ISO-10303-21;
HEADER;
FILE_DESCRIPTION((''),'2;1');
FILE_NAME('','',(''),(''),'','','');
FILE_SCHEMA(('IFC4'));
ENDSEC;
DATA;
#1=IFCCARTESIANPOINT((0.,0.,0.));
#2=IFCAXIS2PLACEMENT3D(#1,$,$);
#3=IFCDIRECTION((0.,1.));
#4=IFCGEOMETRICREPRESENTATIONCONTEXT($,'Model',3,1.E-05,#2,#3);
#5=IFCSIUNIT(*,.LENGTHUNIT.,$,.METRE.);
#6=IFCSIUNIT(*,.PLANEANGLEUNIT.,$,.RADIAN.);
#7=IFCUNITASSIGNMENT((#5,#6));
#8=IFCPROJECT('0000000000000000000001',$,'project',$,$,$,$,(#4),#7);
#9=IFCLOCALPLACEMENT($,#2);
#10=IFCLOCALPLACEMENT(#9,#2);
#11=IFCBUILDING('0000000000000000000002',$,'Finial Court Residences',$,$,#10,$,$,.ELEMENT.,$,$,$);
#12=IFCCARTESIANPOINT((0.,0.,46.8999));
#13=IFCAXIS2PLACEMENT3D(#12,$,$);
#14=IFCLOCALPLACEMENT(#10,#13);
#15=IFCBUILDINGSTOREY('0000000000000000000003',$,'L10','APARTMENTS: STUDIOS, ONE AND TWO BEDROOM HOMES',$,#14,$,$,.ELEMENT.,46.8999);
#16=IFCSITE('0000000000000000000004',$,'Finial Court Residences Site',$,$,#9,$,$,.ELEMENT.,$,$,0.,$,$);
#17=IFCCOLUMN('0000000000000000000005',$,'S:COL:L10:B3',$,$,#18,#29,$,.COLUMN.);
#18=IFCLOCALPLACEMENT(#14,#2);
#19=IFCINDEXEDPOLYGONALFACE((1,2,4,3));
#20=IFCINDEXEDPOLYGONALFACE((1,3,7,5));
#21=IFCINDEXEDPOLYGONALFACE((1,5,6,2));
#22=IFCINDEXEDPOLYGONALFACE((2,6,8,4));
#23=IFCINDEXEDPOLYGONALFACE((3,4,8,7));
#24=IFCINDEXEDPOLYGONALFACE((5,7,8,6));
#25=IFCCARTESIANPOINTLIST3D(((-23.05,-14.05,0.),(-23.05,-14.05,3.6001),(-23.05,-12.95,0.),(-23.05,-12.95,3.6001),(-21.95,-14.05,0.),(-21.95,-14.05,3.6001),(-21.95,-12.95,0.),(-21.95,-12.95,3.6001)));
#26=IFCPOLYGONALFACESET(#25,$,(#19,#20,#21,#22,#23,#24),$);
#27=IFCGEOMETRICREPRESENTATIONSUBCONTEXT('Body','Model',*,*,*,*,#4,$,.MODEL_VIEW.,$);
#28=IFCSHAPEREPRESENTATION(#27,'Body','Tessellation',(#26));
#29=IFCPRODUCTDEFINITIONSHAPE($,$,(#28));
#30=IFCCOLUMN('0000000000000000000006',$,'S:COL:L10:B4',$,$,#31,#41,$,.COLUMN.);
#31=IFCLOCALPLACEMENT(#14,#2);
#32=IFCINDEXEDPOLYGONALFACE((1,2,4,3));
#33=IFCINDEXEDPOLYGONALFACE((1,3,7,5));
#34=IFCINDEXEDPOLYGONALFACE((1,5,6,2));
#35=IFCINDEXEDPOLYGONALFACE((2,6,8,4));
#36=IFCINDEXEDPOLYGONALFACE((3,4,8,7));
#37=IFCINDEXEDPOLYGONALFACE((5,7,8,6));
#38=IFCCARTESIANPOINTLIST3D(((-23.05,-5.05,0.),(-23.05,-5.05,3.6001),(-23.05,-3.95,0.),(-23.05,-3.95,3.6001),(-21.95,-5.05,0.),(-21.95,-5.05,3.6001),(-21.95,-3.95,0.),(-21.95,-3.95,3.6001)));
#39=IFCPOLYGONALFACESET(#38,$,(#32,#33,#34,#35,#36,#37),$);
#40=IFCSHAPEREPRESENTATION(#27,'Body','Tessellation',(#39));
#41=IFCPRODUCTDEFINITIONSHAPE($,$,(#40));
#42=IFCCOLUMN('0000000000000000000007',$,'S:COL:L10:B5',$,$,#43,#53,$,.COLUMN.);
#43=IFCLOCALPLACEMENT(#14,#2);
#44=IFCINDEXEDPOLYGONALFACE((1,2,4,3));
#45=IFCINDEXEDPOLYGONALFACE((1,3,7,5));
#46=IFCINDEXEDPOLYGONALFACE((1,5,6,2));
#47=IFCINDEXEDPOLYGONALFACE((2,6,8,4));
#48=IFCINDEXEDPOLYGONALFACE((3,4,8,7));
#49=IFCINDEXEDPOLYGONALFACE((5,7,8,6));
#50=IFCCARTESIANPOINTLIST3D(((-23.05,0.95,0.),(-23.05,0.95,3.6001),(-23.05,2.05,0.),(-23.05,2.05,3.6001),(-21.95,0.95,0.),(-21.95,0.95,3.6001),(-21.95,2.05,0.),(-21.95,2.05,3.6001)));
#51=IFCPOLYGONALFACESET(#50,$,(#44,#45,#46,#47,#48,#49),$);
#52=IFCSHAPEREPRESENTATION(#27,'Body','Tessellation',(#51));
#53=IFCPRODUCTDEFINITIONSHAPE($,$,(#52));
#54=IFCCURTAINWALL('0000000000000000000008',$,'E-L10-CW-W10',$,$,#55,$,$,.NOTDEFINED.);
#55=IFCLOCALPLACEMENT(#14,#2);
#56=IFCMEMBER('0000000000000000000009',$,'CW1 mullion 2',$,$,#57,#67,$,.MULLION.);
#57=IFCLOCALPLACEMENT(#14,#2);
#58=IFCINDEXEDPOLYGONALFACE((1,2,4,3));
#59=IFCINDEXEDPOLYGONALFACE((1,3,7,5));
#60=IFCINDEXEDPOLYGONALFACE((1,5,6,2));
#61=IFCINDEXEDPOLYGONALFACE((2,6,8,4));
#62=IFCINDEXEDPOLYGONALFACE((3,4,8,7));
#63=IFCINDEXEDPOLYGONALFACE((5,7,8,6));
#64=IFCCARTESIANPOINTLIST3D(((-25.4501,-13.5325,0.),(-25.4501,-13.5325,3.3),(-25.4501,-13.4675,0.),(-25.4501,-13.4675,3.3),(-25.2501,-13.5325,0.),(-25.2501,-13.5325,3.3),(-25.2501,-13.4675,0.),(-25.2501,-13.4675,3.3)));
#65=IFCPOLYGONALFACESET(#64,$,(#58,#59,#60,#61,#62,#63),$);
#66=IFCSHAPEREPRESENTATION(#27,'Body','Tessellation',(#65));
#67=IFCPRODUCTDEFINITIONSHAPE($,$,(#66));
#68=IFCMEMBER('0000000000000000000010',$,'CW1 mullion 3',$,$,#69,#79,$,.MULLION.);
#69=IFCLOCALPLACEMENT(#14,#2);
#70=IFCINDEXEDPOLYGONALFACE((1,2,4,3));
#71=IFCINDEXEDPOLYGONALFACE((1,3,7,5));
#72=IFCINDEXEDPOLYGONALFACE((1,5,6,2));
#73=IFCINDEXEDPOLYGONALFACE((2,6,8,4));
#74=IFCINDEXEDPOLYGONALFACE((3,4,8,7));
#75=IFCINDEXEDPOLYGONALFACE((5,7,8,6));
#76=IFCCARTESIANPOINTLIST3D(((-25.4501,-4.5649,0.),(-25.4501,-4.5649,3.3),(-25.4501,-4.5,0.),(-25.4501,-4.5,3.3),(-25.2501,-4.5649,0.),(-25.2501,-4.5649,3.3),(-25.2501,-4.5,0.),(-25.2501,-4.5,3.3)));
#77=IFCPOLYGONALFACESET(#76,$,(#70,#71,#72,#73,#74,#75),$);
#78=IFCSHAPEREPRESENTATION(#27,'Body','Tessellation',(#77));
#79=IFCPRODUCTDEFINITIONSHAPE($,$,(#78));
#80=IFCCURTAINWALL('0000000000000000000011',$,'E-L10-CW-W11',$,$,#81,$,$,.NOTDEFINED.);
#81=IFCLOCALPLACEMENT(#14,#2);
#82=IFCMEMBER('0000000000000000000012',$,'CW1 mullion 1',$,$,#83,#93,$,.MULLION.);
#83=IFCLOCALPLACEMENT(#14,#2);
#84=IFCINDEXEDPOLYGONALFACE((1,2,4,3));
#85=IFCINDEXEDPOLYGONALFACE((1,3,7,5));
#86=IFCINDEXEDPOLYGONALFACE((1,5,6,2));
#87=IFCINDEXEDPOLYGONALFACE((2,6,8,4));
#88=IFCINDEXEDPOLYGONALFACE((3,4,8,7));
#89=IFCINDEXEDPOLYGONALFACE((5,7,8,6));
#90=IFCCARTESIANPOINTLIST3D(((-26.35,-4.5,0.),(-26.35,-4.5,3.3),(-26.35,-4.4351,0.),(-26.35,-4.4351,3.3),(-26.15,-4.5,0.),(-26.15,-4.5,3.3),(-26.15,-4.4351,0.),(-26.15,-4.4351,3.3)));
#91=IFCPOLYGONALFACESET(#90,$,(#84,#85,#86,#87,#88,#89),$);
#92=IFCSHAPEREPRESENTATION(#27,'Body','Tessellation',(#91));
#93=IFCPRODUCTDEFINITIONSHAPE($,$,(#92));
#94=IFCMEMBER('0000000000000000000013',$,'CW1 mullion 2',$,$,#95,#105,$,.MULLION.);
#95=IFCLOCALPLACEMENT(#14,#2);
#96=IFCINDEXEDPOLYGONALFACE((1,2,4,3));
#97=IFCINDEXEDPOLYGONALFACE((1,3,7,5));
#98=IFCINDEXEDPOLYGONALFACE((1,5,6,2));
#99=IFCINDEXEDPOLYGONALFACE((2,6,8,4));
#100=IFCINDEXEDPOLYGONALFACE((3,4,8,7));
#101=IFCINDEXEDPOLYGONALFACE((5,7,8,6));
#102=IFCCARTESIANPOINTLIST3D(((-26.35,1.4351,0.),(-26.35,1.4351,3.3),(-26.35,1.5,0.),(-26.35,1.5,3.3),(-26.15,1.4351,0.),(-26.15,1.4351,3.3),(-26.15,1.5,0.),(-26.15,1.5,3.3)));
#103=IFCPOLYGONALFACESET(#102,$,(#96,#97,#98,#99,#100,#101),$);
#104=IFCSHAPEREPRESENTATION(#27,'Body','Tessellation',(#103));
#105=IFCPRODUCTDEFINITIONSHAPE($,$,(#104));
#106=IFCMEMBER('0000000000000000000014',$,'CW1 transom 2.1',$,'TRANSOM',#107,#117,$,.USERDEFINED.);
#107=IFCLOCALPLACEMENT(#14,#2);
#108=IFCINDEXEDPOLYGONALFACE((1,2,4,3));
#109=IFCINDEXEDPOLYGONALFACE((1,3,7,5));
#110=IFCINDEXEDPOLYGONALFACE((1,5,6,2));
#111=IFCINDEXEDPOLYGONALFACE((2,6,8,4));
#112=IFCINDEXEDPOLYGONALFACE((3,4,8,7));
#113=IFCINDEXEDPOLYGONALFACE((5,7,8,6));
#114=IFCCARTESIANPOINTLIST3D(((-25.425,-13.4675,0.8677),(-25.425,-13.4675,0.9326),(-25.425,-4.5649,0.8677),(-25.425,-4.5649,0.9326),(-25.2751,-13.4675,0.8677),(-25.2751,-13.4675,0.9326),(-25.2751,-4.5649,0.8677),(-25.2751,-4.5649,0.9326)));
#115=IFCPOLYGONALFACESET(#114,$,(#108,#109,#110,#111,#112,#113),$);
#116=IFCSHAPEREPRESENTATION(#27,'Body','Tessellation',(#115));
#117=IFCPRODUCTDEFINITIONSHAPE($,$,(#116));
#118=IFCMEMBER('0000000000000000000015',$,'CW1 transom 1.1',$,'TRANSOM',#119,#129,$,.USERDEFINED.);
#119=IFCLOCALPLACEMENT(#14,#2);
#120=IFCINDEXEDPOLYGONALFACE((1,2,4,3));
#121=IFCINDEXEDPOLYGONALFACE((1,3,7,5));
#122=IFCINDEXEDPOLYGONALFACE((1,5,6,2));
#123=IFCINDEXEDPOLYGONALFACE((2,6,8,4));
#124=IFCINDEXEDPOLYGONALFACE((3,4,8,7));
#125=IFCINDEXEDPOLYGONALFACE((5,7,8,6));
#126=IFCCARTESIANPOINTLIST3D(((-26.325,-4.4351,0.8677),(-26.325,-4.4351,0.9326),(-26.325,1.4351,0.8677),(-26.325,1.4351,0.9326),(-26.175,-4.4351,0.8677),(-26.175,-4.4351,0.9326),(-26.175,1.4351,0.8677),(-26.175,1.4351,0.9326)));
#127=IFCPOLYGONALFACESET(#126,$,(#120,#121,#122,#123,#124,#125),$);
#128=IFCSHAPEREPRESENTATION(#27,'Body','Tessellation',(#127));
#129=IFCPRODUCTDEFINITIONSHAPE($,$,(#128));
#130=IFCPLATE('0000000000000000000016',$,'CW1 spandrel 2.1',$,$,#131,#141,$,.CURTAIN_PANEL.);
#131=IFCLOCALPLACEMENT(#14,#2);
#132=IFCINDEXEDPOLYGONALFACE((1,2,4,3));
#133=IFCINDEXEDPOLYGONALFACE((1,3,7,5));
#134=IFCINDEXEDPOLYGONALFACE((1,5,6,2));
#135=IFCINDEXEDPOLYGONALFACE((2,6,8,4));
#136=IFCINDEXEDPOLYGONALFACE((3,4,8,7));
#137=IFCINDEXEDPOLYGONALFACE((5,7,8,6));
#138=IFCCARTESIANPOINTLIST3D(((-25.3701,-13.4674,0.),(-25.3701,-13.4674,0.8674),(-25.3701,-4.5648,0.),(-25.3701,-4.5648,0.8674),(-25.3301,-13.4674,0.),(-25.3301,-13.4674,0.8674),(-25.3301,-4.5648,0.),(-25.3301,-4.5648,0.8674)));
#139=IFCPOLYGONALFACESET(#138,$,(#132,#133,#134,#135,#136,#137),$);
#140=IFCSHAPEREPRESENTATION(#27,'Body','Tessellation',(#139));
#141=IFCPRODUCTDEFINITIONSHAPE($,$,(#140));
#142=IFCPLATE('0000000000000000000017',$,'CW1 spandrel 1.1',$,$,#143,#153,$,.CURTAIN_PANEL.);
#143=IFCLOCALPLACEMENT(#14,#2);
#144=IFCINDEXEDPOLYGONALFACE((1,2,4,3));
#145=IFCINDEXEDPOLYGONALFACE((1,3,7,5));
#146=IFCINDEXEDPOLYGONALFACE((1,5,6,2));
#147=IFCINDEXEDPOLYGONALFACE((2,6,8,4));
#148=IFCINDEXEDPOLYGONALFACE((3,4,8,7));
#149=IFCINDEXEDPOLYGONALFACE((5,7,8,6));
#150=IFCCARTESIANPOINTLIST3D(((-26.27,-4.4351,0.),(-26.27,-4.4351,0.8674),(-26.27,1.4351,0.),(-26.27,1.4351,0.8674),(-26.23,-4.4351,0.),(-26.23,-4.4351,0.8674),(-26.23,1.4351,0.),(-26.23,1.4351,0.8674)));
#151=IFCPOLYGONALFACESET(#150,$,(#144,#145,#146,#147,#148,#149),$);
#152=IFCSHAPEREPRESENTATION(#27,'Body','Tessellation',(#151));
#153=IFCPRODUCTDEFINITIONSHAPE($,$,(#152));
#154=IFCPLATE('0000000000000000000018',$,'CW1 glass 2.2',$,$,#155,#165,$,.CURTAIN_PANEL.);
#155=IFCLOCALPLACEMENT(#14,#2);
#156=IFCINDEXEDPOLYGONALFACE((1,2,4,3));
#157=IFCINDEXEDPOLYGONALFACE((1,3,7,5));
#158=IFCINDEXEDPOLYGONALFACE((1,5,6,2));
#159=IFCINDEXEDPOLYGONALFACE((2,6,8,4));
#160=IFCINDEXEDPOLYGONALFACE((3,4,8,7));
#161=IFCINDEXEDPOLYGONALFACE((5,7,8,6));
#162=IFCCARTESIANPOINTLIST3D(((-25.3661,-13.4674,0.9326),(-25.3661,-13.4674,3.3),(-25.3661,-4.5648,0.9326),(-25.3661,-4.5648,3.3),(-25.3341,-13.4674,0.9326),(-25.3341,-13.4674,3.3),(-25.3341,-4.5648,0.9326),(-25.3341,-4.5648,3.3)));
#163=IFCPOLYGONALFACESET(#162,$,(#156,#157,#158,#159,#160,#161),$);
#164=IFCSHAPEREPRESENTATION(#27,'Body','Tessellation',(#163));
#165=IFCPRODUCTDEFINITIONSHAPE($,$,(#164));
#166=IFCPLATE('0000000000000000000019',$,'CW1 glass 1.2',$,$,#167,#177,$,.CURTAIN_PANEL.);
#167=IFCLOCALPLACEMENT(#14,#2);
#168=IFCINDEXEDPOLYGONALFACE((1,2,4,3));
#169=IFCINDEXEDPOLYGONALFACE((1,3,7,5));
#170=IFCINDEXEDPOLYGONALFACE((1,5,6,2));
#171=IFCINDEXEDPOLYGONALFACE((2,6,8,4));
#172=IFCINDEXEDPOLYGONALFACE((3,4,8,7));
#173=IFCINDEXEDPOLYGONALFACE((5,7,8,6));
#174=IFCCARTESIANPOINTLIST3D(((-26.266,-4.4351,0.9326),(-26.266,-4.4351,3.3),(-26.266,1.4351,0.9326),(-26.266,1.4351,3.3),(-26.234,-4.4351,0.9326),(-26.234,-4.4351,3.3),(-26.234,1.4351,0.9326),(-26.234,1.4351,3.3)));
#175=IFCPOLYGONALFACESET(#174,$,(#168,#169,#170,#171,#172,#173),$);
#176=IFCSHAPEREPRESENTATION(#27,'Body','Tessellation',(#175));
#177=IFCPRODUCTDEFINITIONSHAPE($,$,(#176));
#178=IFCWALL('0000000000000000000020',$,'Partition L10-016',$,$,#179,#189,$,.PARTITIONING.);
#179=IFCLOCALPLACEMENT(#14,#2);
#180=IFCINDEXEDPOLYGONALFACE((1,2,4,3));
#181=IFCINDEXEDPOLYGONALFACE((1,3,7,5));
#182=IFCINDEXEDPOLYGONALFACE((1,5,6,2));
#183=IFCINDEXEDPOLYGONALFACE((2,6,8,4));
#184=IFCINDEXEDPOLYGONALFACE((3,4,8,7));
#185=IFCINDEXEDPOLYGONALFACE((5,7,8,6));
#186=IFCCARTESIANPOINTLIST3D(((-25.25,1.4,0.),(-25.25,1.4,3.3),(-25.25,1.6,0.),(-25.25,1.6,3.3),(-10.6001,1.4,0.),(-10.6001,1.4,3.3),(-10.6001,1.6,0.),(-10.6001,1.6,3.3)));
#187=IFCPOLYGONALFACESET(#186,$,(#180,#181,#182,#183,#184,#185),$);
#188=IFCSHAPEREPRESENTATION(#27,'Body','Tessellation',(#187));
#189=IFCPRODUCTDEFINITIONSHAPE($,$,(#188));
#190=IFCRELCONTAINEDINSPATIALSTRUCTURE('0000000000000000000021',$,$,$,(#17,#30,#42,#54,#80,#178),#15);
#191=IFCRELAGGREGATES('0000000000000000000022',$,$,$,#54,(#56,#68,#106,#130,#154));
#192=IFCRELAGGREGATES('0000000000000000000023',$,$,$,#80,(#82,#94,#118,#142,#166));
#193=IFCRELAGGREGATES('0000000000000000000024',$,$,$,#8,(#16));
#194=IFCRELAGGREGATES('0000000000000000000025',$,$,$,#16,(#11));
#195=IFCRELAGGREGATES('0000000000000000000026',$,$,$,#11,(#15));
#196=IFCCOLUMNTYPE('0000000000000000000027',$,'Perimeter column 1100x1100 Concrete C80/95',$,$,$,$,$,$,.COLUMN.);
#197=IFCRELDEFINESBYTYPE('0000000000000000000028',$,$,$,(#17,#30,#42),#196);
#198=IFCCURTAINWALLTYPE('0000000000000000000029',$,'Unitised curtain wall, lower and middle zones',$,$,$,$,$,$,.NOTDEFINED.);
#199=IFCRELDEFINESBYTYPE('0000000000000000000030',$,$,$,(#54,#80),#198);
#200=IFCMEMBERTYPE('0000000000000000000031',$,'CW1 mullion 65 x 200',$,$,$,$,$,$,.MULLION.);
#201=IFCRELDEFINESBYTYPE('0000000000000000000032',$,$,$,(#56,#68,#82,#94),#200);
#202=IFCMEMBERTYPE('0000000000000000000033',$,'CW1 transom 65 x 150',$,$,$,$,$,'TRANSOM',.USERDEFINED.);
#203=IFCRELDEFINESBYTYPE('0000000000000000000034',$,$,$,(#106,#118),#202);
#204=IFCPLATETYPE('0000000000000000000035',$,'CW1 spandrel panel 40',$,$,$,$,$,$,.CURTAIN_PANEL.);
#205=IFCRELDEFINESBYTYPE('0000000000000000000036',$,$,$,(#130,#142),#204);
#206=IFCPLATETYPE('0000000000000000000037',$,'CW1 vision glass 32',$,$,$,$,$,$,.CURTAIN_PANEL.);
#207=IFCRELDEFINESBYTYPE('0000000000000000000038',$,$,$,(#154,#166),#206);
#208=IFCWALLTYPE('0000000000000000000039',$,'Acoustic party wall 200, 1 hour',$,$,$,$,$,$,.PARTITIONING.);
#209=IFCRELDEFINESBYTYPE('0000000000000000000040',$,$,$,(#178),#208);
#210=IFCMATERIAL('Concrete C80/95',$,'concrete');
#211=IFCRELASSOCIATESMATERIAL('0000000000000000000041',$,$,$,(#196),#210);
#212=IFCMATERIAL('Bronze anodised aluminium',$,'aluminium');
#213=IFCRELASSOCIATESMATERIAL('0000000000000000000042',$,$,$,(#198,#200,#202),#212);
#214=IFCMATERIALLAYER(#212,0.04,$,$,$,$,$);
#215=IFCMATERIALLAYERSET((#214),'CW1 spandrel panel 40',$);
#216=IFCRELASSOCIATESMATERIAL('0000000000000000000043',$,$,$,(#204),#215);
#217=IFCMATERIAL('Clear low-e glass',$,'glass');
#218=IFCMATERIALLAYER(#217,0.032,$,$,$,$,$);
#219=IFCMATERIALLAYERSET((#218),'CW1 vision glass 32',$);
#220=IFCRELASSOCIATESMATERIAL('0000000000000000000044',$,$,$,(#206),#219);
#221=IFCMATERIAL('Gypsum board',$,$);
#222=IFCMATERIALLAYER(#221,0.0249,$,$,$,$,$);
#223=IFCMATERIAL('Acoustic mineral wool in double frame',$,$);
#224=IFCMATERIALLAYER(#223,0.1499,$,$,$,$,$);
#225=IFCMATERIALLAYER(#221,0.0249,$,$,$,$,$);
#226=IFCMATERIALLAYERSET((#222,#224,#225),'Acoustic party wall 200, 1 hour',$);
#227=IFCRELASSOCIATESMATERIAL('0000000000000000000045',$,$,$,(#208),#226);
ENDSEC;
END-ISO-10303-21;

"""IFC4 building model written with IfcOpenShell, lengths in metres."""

from ifc_helpers import new_model, si_unit, direction, frame, frame_2d, origin, origin_2d, place, context, subcontext, project, spatial, rectangle, extrude, material, layer, layer_set, material_profile, profile_set, type_object, element, aggregate, save


model = new_model("IFC4")

# Units and contexts
model_context = context("Model", 3, precision=1e-05, world=origin(), true_north=direction((0.0, 1.0)))
body_context = subcontext(model_context, "Body", "Model", "MODEL_VIEW")
ifc_project = project(units=[si_unit("LENGTHUNIT", "METRE"), si_unit("PLANEANGLEUNIT", "RADIAN")], contexts=[model_context])

# Site, building, storey
site_placement = place(None, origin())
site = spatial("IfcSite", under=ifc_project, at=site_placement, Name="Finial Court Residences Site", CompositionType="ELEMENT", RefElevation=0.0)
building_placement = place(site_placement, origin())
building = spatial("IfcBuilding", under=site, at=building_placement, Name="Finial Court Residences", CompositionType="ELEMENT")
storey_placement = place(building_placement, frame((0.0, 0.0, 46.8999)))
storey = spatial("IfcBuildingStorey", under=building, at=storey_placement, Name="L10", Description="APARTMENTS: STUDIOS, ONE AND TWO BEDROOM HOMES", CompositionType="ELEMENT", Elevation=46.8999)

# Columns
ifc_material_1 = material(Name="Concrete C80/95", Category="concrete")
ifc_material_profile_1 = material_profile(ifc_material_1, rectangle(XDim=1.1001, YDim=1.1001, at=origin_2d()), Name="1100x1100")
ifc_profile_set_1 = profile_set([ifc_material_profile_1], Name="Concrete C80/95")
column_type = type_object("IfcColumnType", Name="Perimeter column 1100x1100 Concrete C80/95", PredefinedType="COLUMN", material=ifc_profile_set_1)
for number, where, z_axis, x_axis, name in (
    (1, (-22.5, -13.5, 0.0), (0.0, 0.0, 1.0), (1.0, 0.0, 0.0), "S:COL:L10:B3"),
    (2, (-22.5, -4.5, 0.0), (0.0, 0.0, 1.0), (1.0, 0.0, 0.0), "S:COL:L10:B4"),
    (3, (-22.5, 1.5, 0.0), (0.0, 0.0, 1.0), (1.0, 0.0, 0.0), "S:COL:L10:B5"),
):
    element("IfcColumn", number, at=place(storey_placement, frame(where, z_axis=z_axis, x_axis=x_axis)), inside=storey, type_object=column_type, Name=name, PredefinedType="COLUMN", context=body_context, shape_type="SweptSolid", body=[
        extrude(rectangle(XDim=1.1001, YDim=1.1001, at=origin_2d()), origin(), (0.0, 0.0, 1.0), 3.6001),
    ])

# Curtain walls, members
ifc_material_2 = material(Name="Bronze anodised aluminium", Category="aluminium")
curtain_wall_type = type_object("IfcCurtainWallType", Name="Unitised curtain wall, lower and middle zones", PredefinedType="NOTDEFINED", material=ifc_material_2)
curtain_wall_1_placement = place(storey_placement, origin())
curtain_wall_1 = element("IfcCurtainWall", 4, at=curtain_wall_1_placement, inside=storey, type_object=curtain_wall_type, Name="E-L10-CW-W10", PredefinedType="NOTDEFINED")
ifc_material_profile_2 = material_profile(ifc_material_2, rectangle(XDim=0.2, YDim=0.0649, at=origin_2d()), Name="CW1 mullion 65 x 200")
ifc_profile_set_2 = profile_set([ifc_material_profile_2], Name="Bronze anodised aluminium")
member_type_1 = type_object("IfcMemberType", Name="CW1 mullion 65 x 200", PredefinedType="MULLION", material=ifc_profile_set_2)
member_1_placement = place(storey_placement, frame((-25.3501, -13.5, 0.0), z_axis=(0.0, 0.0, 1.0), x_axis=(-1.0, 0.0, 0.0)))
member_1 = element("IfcMember", 5, at=member_1_placement, type_object=member_type_1, Name="CW1 mullion 2", PredefinedType="MULLION", context=body_context, shape_type="SweptSolid", body=[
    extrude(rectangle(XDim=0.2, YDim=0.0649, at=origin_2d()), origin(), (0.0, 0.0, 1.0), 3.3),
])
member_2_placement = place(storey_placement, frame((-25.3501, -4.5325, 0.0), z_axis=(0.0, 0.0, 1.0), x_axis=(-1.0, 0.0, 0.0)))
member_2 = element("IfcMember", 6, at=member_2_placement, type_object=member_type_1, Name="CW1 mullion 3", PredefinedType="MULLION", context=body_context, shape_type="SweptSolid", body=[
    extrude(rectangle(XDim=0.2, YDim=0.0649, at=origin_2d()), origin(), (0.0, 0.0, 1.0), 3.3),
])
curtain_wall_2_placement = place(storey_placement, origin())
curtain_wall_2 = element("IfcCurtainWall", 7, at=curtain_wall_2_placement, inside=storey, type_object=curtain_wall_type, Name="E-L10-CW-W11", PredefinedType="NOTDEFINED")
member_3_placement = place(storey_placement, frame((-26.25, -4.4675, 0.0), z_axis=(0.0, 0.0, 1.0), x_axis=(-1.0, 0.0, 0.0)))
member_3 = element("IfcMember", 8, at=member_3_placement, type_object=member_type_1, Name="CW1 mullion 1", PredefinedType="MULLION", context=body_context, shape_type="SweptSolid", body=[
    extrude(rectangle(XDim=0.2, YDim=0.0649, at=origin_2d()), origin(), (0.0, 0.0, 1.0), 3.3),
])
member_4_placement = place(storey_placement, frame((-26.25, 1.4675, 0.0), z_axis=(0.0, 0.0, 1.0), x_axis=(-1.0, 0.0, 0.0)))
member_4 = element("IfcMember", 9, at=member_4_placement, type_object=member_type_1, Name="CW1 mullion 2", PredefinedType="MULLION", context=body_context, shape_type="SweptSolid", body=[
    extrude(rectangle(XDim=0.2, YDim=0.0649, at=origin_2d()), origin(), (0.0, 0.0, 1.0), 3.3),
])

# Members
ifc_material_profile_3 = material_profile(ifc_material_2, rectangle(XDim=0.1499, YDim=0.0649, at=origin_2d()), Name="CW1 transom 65 x 150")
ifc_profile_set_3 = profile_set([ifc_material_profile_3], Name="Bronze anodised aluminium")
member_type_2 = type_object("IfcMemberType", Name="CW1 transom 65 x 150", ElementType="TRANSOM", PredefinedType="USERDEFINED", material=ifc_profile_set_3)
member_5_placement = place(storey_placement, frame((-25.3501, -13.4675, 0.9001), z_axis=(0.0, 1.0, 0.0), x_axis=(-1.0, 0.0, 0.0)))
member_5 = element("IfcMember", 10, at=member_5_placement, type_object=member_type_2, Name="CW1 transom 2.1", ObjectType="TRANSOM", PredefinedType="USERDEFINED", context=body_context, shape_type="SweptSolid", body=[
    extrude(rectangle(XDim=0.1499, YDim=0.0649, at=origin_2d()), origin(), (0.0, 0.0, 1.0), 8.9026),
])
member_6_placement = place(storey_placement, frame((-26.25, -4.4351, 0.9001), z_axis=(0.0, 1.0, 0.0), x_axis=(-1.0, 0.0, 0.0)))
member_6 = element("IfcMember", 11, at=member_6_placement, type_object=member_type_2, Name="CW1 transom 1.1", ObjectType="TRANSOM", PredefinedType="USERDEFINED", context=body_context, shape_type="SweptSolid", body=[
    extrude(rectangle(XDim=0.1499, YDim=0.0649, at=origin_2d()), origin(), (0.0, 0.0, 1.0), 5.8701),
])

# Plates
ifc_layer_1 = layer(ifc_material_2, 0.04)
ifc_layer_set_1 = layer_set([ifc_layer_1], Name="CW1 spandrel panel 40")
plate_type_1 = type_object("IfcPlateType", Name="CW1 spandrel panel 40", PredefinedType="CURTAIN_PANEL", material=ifc_layer_set_1)
plate_1_placement = place(storey_placement, frame((-25.3501, -9.0161, 0.0), z_axis=(0.0, 0.0, 1.0), x_axis=(0.0, 1.0, 0.0)))
plate_1 = element("IfcPlate", 12, at=plate_1_placement, type_object=plate_type_1, Name="CW1 spandrel 2.1", PredefinedType="CURTAIN_PANEL", context=body_context, shape_type="SweptSolid", body=[
    extrude(rectangle(XDim=8.9026, YDim=0.04, at=origin_2d()), origin(), (0.0, 0.0, 1.0), 0.8674),
])
plate_2_placement = place(storey_placement, frame((-26.25, -1.5, 0.0), z_axis=(0.0, 0.0, 1.0), x_axis=(0.0, 1.0, 0.0)))
plate_2 = element("IfcPlate", 13, at=plate_2_placement, type_object=plate_type_1, Name="CW1 spandrel 1.1", PredefinedType="CURTAIN_PANEL", context=body_context, shape_type="SweptSolid", body=[
    extrude(rectangle(XDim=5.8701, YDim=0.04, at=origin_2d()), origin(), (0.0, 0.0, 1.0), 0.8674),
])
ifc_material_3 = material(Name="Clear low-e glass", Category="glass")
ifc_layer_2 = layer(ifc_material_3, 0.032)
ifc_layer_set_2 = layer_set([ifc_layer_2], Name="CW1 vision glass 32")
plate_type_2 = type_object("IfcPlateType", Name="CW1 vision glass 32", PredefinedType="CURTAIN_PANEL", material=ifc_layer_set_2)
plate_3_placement = place(storey_placement, frame((-25.3501, -9.0161, 0.9326), z_axis=(0.0, 0.0, 1.0), x_axis=(0.0, 1.0, 0.0)))
plate_3 = element("IfcPlate", 14, at=plate_3_placement, type_object=plate_type_2, Name="CW1 glass 2.2", PredefinedType="CURTAIN_PANEL", context=body_context, shape_type="SweptSolid", body=[
    extrude(rectangle(XDim=8.9026, YDim=0.032, at=origin_2d()), origin(), (0.0, 0.0, 1.0), 2.3674),
])
aggregate(curtain_wall_1, [member_1, member_2, member_5, plate_1, plate_3])
plate_4_placement = place(storey_placement, frame((-26.25, -1.5, 0.9326), z_axis=(0.0, 0.0, 1.0), x_axis=(0.0, 1.0, 0.0)))
plate_4 = element("IfcPlate", 15, at=plate_4_placement, type_object=plate_type_2, Name="CW1 glass 1.2", PredefinedType="CURTAIN_PANEL", context=body_context, shape_type="SweptSolid", body=[
    extrude(rectangle(XDim=5.8701, YDim=0.032, at=origin_2d()), origin(), (0.0, 0.0, 1.0), 2.3674),
])
aggregate(curtain_wall_2, [member_3, member_4, member_6, plate_2, plate_4])

# Wall
ifc_material_4 = material(Name="Gypsum board")
ifc_layer_3 = layer(ifc_material_4, 0.0249)
ifc_material_5 = material(Name="Acoustic mineral wool in double frame")
ifc_layer_4 = layer(ifc_material_5, 0.1499)
ifc_layer_5 = layer(ifc_material_4, 0.0249)
ifc_layer_set_3 = layer_set([ifc_layer_3, ifc_layer_4, ifc_layer_5], Name="Acoustic party wall 200, 1 hour")
wall_type_1 = type_object("IfcWallType", Name="Acoustic party wall 200, 1 hour", PredefinedType="PARTITIONING", material=ifc_layer_set_3)
wall_1_placement = place(storey_placement, frame((-25.25, 1.5, 0.0), z_axis=(0.0, 0.0, 1.0), x_axis=(1.0, 0.0, 0.0)))
element("IfcWall", 16, at=wall_1_placement, inside=storey, type_object=wall_type_1, Name="Partition L10-016", PredefinedType="PARTITIONING", context=body_context, shape_type="SweptSolid", body=[
    extrude(rectangle(XDim=14.6499, YDim=0.2, at=frame_2d((7.325, 0.0))), origin(), (0.0, 0.0, 1.0), 3.3),
])

save(model, "model.ifc")
